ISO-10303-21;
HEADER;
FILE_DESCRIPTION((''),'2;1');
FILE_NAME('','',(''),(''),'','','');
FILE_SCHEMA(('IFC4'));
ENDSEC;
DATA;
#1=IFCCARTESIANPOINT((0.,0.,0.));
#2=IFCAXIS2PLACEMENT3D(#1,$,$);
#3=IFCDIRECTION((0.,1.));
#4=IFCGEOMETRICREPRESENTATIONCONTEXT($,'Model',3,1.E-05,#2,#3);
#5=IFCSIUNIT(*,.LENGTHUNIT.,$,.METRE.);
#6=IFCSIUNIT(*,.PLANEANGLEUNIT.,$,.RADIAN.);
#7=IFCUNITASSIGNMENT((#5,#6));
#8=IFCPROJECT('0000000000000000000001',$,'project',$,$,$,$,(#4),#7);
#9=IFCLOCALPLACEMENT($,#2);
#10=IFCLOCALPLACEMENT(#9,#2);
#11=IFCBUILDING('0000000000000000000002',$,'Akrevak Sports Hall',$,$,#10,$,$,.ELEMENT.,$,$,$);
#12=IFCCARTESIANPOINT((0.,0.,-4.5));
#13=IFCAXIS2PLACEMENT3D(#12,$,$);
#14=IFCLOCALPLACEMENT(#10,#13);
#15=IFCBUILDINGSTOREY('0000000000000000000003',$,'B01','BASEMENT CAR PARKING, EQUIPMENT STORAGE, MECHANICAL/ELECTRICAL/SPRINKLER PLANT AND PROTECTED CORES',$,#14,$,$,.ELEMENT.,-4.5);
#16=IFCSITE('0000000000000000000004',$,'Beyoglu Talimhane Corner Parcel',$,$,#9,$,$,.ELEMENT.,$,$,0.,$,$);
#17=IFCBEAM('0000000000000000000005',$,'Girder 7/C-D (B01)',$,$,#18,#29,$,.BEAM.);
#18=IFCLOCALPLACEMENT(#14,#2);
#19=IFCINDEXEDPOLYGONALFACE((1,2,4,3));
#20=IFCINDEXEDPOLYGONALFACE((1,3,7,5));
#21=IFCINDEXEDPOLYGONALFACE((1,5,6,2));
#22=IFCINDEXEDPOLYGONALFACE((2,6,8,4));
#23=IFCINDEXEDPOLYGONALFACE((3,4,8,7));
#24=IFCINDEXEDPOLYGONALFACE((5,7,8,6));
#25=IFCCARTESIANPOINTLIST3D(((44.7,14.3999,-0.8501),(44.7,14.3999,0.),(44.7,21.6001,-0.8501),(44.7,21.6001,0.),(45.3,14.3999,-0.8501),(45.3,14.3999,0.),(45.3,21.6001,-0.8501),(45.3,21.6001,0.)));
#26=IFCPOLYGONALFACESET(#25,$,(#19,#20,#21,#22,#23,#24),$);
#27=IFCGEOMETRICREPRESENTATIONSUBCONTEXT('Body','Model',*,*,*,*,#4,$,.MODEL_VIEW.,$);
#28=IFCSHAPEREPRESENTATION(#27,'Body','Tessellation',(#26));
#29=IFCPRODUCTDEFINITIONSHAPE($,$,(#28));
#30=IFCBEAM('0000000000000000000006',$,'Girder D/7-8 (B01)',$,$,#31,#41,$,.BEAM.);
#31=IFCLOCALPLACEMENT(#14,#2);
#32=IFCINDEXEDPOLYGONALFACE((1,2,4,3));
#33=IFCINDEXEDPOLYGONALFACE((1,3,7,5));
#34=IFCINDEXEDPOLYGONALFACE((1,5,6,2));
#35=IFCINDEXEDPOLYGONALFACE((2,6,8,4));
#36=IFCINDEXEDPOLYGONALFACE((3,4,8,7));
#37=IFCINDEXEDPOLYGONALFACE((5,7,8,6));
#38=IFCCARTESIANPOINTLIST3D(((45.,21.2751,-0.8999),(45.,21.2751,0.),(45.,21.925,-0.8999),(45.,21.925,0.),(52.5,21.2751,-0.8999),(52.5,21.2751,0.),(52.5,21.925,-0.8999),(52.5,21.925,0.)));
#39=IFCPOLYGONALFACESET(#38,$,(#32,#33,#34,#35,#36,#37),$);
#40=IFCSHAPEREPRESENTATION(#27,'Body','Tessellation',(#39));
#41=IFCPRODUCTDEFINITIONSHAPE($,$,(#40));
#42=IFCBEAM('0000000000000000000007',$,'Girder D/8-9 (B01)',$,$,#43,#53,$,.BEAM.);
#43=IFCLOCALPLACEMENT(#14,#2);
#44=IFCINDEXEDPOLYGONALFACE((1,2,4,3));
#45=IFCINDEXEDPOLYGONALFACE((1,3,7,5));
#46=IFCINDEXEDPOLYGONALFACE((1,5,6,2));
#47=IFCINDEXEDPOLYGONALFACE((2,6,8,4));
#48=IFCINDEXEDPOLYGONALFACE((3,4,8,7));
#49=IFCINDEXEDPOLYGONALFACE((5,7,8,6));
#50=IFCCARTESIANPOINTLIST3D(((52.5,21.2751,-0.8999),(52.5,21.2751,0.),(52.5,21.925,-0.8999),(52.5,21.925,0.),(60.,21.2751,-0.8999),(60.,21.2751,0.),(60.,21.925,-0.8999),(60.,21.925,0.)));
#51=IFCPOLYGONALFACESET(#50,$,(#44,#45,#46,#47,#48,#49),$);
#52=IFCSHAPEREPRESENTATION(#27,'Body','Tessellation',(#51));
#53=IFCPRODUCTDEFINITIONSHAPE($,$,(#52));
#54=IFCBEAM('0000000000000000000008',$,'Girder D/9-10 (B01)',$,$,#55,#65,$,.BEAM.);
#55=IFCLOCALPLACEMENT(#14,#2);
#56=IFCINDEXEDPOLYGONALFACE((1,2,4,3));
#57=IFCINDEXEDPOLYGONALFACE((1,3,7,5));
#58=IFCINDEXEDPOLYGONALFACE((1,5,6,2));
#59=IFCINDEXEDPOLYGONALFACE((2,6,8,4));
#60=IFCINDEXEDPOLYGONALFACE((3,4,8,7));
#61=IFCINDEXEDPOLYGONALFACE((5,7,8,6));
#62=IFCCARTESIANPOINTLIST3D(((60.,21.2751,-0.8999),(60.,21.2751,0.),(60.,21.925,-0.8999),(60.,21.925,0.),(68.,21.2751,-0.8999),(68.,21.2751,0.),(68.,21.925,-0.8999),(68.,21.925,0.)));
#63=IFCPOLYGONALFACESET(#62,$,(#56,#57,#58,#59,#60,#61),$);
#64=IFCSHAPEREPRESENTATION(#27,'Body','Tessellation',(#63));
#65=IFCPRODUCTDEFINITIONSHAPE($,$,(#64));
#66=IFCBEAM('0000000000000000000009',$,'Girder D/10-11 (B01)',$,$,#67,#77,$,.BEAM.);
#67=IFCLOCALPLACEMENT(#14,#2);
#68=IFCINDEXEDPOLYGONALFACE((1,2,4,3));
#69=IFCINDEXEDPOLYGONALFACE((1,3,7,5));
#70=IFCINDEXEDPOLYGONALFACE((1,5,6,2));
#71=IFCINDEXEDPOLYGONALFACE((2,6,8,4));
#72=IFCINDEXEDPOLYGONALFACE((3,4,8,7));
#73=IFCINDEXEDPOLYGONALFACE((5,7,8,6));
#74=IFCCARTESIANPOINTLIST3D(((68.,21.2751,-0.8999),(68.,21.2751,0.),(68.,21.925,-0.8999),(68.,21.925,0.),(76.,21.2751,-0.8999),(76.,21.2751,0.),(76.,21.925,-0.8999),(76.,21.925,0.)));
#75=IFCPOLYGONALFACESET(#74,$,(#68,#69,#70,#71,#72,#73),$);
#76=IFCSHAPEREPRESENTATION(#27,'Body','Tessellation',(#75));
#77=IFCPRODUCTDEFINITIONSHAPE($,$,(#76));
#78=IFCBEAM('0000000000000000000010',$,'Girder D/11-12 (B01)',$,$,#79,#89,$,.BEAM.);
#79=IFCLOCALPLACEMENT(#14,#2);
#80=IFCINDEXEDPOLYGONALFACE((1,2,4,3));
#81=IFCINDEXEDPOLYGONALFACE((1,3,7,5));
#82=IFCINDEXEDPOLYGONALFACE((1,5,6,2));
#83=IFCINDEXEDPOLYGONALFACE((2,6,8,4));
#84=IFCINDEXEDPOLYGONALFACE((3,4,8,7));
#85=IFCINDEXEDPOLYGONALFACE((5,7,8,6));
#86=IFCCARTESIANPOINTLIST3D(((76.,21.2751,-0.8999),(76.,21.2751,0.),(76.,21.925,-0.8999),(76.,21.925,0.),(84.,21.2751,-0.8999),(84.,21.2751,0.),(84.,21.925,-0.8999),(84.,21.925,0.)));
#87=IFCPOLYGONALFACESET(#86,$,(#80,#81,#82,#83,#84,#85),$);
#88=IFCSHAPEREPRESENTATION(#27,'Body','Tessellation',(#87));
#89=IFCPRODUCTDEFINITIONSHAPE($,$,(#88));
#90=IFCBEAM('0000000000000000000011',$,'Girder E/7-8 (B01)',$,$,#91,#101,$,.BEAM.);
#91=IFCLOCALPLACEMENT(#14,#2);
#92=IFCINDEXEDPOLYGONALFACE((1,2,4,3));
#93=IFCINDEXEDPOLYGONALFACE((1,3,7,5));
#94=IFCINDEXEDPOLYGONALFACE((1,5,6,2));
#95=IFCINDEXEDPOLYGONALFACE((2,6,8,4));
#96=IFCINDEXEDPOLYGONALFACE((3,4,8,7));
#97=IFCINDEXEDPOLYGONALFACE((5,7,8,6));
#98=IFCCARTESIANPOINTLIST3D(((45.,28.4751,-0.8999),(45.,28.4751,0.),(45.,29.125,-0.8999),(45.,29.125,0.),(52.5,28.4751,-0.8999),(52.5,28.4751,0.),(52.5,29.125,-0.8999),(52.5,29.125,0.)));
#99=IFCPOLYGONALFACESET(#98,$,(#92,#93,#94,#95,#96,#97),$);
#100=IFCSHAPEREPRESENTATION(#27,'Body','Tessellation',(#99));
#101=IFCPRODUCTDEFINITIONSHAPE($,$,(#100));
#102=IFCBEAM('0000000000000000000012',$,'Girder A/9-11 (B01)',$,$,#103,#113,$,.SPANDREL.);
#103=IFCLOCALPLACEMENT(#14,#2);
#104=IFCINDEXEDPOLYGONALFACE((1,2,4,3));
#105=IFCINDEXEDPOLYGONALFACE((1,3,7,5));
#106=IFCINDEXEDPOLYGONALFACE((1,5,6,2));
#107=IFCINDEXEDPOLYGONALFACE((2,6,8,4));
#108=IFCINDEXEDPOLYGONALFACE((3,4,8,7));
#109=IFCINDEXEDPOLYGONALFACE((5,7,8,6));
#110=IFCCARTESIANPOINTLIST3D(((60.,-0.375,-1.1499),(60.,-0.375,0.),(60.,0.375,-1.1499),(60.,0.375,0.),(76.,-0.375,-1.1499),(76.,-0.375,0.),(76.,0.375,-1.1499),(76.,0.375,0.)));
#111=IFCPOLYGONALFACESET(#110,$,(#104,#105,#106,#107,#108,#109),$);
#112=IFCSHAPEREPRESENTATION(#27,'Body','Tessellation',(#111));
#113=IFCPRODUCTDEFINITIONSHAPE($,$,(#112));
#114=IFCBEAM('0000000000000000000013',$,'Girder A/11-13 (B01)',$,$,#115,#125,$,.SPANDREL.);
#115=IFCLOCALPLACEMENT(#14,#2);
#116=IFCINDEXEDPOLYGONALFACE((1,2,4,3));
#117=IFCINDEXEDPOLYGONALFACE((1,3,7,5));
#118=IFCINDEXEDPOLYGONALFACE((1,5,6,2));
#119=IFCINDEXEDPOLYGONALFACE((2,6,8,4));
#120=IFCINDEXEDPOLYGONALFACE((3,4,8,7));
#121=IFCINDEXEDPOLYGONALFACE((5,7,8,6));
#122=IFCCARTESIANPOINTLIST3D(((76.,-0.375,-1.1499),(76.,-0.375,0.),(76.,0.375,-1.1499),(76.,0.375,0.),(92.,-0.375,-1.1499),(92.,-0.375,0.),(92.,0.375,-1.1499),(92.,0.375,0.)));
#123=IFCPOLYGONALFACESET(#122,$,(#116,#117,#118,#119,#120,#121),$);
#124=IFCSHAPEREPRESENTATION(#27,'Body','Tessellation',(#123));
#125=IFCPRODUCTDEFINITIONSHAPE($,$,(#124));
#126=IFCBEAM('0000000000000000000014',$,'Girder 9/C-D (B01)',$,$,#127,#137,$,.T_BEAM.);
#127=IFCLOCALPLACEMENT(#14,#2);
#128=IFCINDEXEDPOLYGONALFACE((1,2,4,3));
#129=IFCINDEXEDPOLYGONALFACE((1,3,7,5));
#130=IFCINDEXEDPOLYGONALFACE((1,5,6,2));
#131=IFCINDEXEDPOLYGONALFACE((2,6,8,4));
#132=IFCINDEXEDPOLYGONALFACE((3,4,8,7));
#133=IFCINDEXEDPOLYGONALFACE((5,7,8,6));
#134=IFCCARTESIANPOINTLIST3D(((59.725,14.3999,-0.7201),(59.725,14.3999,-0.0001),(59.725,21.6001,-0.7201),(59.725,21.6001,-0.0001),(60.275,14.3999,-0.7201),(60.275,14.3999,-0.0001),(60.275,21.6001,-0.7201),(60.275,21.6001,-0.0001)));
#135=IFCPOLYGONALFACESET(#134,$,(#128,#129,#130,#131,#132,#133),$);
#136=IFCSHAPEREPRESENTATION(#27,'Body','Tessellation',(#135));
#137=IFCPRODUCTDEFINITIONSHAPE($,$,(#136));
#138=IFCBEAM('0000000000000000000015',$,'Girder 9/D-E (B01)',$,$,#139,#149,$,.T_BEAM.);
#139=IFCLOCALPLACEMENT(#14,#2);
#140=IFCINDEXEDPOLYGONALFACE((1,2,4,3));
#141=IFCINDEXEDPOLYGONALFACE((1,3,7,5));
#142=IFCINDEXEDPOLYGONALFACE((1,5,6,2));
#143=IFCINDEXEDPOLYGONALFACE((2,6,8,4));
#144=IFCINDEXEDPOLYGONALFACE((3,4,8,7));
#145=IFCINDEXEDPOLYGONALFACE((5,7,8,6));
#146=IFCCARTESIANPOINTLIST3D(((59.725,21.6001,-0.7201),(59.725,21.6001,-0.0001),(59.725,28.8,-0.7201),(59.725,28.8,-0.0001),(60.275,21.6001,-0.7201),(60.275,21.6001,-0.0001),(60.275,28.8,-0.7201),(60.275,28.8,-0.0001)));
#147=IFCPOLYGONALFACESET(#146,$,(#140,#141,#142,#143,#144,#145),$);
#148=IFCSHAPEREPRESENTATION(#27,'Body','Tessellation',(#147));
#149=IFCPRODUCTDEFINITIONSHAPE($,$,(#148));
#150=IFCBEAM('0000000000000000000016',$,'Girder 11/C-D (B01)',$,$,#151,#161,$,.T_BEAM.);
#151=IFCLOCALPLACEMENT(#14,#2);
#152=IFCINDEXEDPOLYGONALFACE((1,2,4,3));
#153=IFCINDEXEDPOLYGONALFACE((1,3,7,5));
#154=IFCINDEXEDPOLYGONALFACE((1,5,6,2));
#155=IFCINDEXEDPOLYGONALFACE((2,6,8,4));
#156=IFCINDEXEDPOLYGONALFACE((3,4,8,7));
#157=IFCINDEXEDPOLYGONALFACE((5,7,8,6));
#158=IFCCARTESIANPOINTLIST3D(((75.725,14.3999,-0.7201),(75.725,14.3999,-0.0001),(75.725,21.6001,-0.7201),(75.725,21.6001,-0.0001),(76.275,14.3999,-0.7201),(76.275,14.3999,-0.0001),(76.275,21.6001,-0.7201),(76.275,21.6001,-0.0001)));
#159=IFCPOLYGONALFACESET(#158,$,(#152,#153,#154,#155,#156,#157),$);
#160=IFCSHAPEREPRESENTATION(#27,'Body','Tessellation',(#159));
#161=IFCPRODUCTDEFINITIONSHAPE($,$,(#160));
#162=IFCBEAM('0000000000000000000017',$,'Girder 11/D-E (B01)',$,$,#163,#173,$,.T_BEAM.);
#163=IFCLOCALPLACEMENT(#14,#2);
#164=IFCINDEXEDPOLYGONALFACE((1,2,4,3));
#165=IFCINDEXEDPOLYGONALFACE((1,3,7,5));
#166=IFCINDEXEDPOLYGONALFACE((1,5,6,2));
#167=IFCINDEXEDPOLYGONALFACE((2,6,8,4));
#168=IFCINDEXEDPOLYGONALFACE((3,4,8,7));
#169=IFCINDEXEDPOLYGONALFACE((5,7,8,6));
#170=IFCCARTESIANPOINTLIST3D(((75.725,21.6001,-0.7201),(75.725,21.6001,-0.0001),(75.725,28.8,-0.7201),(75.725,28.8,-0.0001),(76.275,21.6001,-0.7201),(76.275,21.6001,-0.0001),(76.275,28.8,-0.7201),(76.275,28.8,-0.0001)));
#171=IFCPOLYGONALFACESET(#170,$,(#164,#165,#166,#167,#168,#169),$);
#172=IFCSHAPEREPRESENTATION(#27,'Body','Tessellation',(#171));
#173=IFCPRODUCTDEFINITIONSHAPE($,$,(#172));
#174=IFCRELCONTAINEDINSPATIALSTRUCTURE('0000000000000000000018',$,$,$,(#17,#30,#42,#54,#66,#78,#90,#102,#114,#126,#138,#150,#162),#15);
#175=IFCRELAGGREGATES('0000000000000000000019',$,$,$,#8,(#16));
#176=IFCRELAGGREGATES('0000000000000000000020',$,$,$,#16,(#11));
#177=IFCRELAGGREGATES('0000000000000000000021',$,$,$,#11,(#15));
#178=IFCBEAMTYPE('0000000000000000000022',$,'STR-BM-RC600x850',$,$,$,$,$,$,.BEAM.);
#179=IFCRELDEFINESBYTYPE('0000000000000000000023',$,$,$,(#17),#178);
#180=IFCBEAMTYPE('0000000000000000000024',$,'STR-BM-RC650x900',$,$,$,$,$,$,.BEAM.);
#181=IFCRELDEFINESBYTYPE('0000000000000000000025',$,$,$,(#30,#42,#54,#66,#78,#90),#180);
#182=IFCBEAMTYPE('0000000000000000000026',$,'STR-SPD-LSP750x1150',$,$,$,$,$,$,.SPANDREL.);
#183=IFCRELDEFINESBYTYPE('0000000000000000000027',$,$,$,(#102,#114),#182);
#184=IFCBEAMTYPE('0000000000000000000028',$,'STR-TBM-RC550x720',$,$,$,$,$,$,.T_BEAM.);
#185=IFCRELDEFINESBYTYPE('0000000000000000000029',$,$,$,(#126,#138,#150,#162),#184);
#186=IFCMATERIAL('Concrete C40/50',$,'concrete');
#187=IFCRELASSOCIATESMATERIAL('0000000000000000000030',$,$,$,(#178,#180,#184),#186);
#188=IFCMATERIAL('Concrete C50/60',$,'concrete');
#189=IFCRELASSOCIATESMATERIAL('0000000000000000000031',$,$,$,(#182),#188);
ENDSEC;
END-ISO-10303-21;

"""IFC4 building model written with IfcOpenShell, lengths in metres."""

from ifc_helpers import new_model, si_unit, direction, frame, origin, origin_2d, place, context, subcontext, project, spatial, rectangle, extrude, material, material_profile, profile_set, type_object, element, save


model = new_model("IFC4")

# Units and contexts
model_context = context("Model", 3, precision=1e-05, world=origin(), true_north=direction((0.0, 1.0)))
body_context = subcontext(model_context, "Body", "Model", "MODEL_VIEW")
ifc_project = project(units=[si_unit("LENGTHUNIT", "METRE"), si_unit("PLANEANGLEUNIT", "RADIAN")], contexts=[model_context])

# Site, building, storey
site_placement = place(None, origin())
site = spatial("IfcSite", under=ifc_project, at=site_placement, Name="Beyoglu Talimhane Corner Parcel", CompositionType="ELEMENT", RefElevation=0.0)
building_placement = place(site_placement, origin())
building = spatial("IfcBuilding", under=site, at=building_placement, Name="Akrevak Sports Hall", CompositionType="ELEMENT")
storey_placement = place(building_placement, frame((0.0, 0.0, -4.5)))
storey = spatial("IfcBuildingStorey", under=building, at=storey_placement, Name="B01", Description="BASEMENT CAR PARKING, EQUIPMENT STORAGE, MECHANICAL/ELECTRICAL/SPRINKLER PLANT AND PROTECTED CORES", CompositionType="ELEMENT", Elevation=-4.5)

# Shared definitions
ifc_material_1 = material(Name="Concrete C50/60", Category="concrete")
ifc_material_2 = material(Name="Concrete C40/50", Category="concrete")

# Beams
ifc_material_profile_1 = material_profile(ifc_material_2, rectangle(XDim=0.6001, YDim=0.8501, at=origin_2d()), Name="BM 600x850", Category="concrete")
ifc_profile_set_1 = profile_set([ifc_material_profile_1], Name="Concrete C40/50")
beam_type_1 = type_object("IfcBeamType", Name="STR-BM-RC600x850", PredefinedType="BEAM", material=ifc_profile_set_1)
beam_1_placement = place(storey_placement, frame((45.0, 14.3999, -0.425), z_axis=(0.0, 1.0, 0.0), x_axis=(-1.0, 0.0, 0.0)))
element("IfcBeam", 1, at=beam_1_placement, inside=storey, type_object=beam_type_1, Name="Girder 7/C-D (B01)", PredefinedType="BEAM", context=body_context, shape_type="SweptSolid", body=[
    extrude(rectangle(XDim=0.6001, YDim=0.8501, at=origin_2d()), origin(), (0.0, 0.0, 1.0), 7.2002),
])
ifc_material_profile_2 = material_profile(ifc_material_2, rectangle(XDim=0.6499, YDim=0.8999, at=origin_2d()), Name="BM 650x900", Category="concrete")
ifc_profile_set_2 = profile_set([ifc_material_profile_2], Name="Concrete C40/50")
beam_type_2 = type_object("IfcBeamType", Name="STR-BM-RC650x900", PredefinedType="BEAM", material=ifc_profile_set_2)
for number, where, z_axis, x_axis, name in (
    (2, (45.0, 21.6001, -0.45), (1.0, 0.0, 0.0), (0.0, 1.0, 0.0), "Girder D/7-8 (B01)"),
    (3, (52.5, 21.6001, -0.45), (1.0, 0.0, 0.0), (0.0, 1.0, 0.0), "Girder D/8-9 (B01)"),
):
    element("IfcBeam", number, at=place(storey_placement, frame(where, z_axis=z_axis, x_axis=x_axis)), inside=storey, type_object=beam_type_2, Name=name, PredefinedType="BEAM", context=body_context, shape_type="SweptSolid", body=[
        extrude(rectangle(XDim=0.6499, YDim=0.8999, at=origin_2d()), origin(), (0.0, 0.0, 1.0), 7.5),
    ])
for number, where, z_axis, x_axis, name in (
    (4, (60.0, 21.6001, -0.45), (1.0, 0.0, 0.0), (0.0, 1.0, 0.0), "Girder D/9-10 (B01)"),
    (5, (68.0, 21.6001, -0.45), (1.0, 0.0, 0.0), (0.0, 1.0, 0.0), "Girder D/10-11 (B01)"),
    (6, (76.0, 21.6001, -0.45), (1.0, 0.0, 0.0), (0.0, 1.0, 0.0), "Girder D/11-12 (B01)"),
):
    element("IfcBeam", number, at=place(storey_placement, frame(where, z_axis=z_axis, x_axis=x_axis)), inside=storey, type_object=beam_type_2, Name=name, PredefinedType="BEAM", context=body_context, shape_type="SweptSolid", body=[
        extrude(rectangle(XDim=0.6499, YDim=0.8999, at=origin_2d()), origin(), (0.0, 0.0, 1.0), 8.0),
    ])
beam_2_placement = place(storey_placement, frame((45.0, 28.8, -0.45), z_axis=(1.0, 0.0, 0.0), x_axis=(0.0, 1.0, 0.0)))
element("IfcBeam", 7, at=beam_2_placement, inside=storey, type_object=beam_type_2, Name="Girder E/7-8 (B01)", PredefinedType="BEAM", context=body_context, shape_type="SweptSolid", body=[
    extrude(rectangle(XDim=0.6499, YDim=0.8999, at=origin_2d()), origin(), (0.0, 0.0, 1.0), 7.5),
])
ifc_material_profile_3 = material_profile(ifc_material_1, rectangle(XDim=0.75, YDim=1.1499, at=origin_2d()), Name="SPD 750x1150", Category="concrete")
ifc_profile_set_3 = profile_set([ifc_material_profile_3], Name="Concrete C50/60")
beam_type_3 = type_object("IfcBeamType", Name="STR-SPD-LSP750x1150", PredefinedType="SPANDREL", material=ifc_profile_set_3)
for number, where, z_axis, x_axis, name in (
    (8, (60.0, 0.0, -0.575), (1.0, 0.0, 0.0), (0.0, 1.0, 0.0), "Girder A/9-11 (B01)"),
    (9, (76.0, 0.0, -0.575), (1.0, 0.0, 0.0), (0.0, 1.0, 0.0), "Girder A/11-13 (B01)"),
):
    element("IfcBeam", number, at=place(storey_placement, frame(where, z_axis=z_axis, x_axis=x_axis)), inside=storey, type_object=beam_type_3, Name=name, PredefinedType="SPANDREL", context=body_context, shape_type="SweptSolid", body=[
        extrude(rectangle(XDim=0.75, YDim=1.1499, at=origin_2d()), origin(), (0.0, 0.0, 1.0), 16.0),
    ])
ifc_material_profile_4 = material_profile(ifc_material_2, rectangle(XDim=0.55, YDim=0.72, at=origin_2d()), Name="TBM 550x720", Category="concrete")
ifc_profile_set_4 = profile_set([ifc_material_profile_4], Name="Concrete C40/50")
beam_type_4 = type_object("IfcBeamType", Name="STR-TBM-RC550x720", PredefinedType="T_BEAM", material=ifc_profile_set_4)
beam_3_placement = place(storey_placement, frame((60.0, 14.3999, -0.3601), z_axis=(0.0, 1.0, 0.0), x_axis=(-1.0, 0.0, 0.0)))
element("IfcBeam", 10, at=beam_3_placement, inside=storey, type_object=beam_type_4, Name="Girder 9/C-D (B01)", PredefinedType="T_BEAM", context=body_context, shape_type="SweptSolid", body=[
    extrude(rectangle(XDim=0.55, YDim=0.72, at=origin_2d()), origin(), (0.0, 0.0, 1.0), 7.2002),
])
beam_4_placement = place(storey_placement, frame((60.0, 21.6001, -0.3601), z_axis=(0.0, 1.0, 0.0), x_axis=(-1.0, 0.0, 0.0)))
element("IfcBeam", 11, at=beam_4_placement, inside=storey, type_object=beam_type_4, Name="Girder 9/D-E (B01)", PredefinedType="T_BEAM", context=body_context, shape_type="SweptSolid", body=[
    extrude(rectangle(XDim=0.55, YDim=0.72, at=origin_2d()), origin(), (0.0, 0.0, 1.0), 7.2),
])
beam_5_placement = place(storey_placement, frame((76.0, 14.3999, -0.3601), z_axis=(0.0, 1.0, 0.0), x_axis=(-1.0, 0.0, 0.0)))
element("IfcBeam", 12, at=beam_5_placement, inside=storey, type_object=beam_type_4, Name="Girder 11/C-D (B01)", PredefinedType="T_BEAM", context=body_context, shape_type="SweptSolid", body=[
    extrude(rectangle(XDim=0.55, YDim=0.72, at=origin_2d()), origin(), (0.0, 0.0, 1.0), 7.2002),
])
beam_6_placement = place(storey_placement, frame((76.0, 21.6001, -0.3601), z_axis=(0.0, 1.0, 0.0), x_axis=(-1.0, 0.0, 0.0)))
element("IfcBeam", 13, at=beam_6_placement, inside=storey, type_object=beam_type_4, Name="Girder 11/D-E (B01)", PredefinedType="T_BEAM", context=body_context, shape_type="SweptSolid", body=[
    extrude(rectangle(XDim=0.55, YDim=0.72, at=origin_2d()), origin(), (0.0, 0.0, 1.0), 7.2),
])

save(model, "model.ifc")
